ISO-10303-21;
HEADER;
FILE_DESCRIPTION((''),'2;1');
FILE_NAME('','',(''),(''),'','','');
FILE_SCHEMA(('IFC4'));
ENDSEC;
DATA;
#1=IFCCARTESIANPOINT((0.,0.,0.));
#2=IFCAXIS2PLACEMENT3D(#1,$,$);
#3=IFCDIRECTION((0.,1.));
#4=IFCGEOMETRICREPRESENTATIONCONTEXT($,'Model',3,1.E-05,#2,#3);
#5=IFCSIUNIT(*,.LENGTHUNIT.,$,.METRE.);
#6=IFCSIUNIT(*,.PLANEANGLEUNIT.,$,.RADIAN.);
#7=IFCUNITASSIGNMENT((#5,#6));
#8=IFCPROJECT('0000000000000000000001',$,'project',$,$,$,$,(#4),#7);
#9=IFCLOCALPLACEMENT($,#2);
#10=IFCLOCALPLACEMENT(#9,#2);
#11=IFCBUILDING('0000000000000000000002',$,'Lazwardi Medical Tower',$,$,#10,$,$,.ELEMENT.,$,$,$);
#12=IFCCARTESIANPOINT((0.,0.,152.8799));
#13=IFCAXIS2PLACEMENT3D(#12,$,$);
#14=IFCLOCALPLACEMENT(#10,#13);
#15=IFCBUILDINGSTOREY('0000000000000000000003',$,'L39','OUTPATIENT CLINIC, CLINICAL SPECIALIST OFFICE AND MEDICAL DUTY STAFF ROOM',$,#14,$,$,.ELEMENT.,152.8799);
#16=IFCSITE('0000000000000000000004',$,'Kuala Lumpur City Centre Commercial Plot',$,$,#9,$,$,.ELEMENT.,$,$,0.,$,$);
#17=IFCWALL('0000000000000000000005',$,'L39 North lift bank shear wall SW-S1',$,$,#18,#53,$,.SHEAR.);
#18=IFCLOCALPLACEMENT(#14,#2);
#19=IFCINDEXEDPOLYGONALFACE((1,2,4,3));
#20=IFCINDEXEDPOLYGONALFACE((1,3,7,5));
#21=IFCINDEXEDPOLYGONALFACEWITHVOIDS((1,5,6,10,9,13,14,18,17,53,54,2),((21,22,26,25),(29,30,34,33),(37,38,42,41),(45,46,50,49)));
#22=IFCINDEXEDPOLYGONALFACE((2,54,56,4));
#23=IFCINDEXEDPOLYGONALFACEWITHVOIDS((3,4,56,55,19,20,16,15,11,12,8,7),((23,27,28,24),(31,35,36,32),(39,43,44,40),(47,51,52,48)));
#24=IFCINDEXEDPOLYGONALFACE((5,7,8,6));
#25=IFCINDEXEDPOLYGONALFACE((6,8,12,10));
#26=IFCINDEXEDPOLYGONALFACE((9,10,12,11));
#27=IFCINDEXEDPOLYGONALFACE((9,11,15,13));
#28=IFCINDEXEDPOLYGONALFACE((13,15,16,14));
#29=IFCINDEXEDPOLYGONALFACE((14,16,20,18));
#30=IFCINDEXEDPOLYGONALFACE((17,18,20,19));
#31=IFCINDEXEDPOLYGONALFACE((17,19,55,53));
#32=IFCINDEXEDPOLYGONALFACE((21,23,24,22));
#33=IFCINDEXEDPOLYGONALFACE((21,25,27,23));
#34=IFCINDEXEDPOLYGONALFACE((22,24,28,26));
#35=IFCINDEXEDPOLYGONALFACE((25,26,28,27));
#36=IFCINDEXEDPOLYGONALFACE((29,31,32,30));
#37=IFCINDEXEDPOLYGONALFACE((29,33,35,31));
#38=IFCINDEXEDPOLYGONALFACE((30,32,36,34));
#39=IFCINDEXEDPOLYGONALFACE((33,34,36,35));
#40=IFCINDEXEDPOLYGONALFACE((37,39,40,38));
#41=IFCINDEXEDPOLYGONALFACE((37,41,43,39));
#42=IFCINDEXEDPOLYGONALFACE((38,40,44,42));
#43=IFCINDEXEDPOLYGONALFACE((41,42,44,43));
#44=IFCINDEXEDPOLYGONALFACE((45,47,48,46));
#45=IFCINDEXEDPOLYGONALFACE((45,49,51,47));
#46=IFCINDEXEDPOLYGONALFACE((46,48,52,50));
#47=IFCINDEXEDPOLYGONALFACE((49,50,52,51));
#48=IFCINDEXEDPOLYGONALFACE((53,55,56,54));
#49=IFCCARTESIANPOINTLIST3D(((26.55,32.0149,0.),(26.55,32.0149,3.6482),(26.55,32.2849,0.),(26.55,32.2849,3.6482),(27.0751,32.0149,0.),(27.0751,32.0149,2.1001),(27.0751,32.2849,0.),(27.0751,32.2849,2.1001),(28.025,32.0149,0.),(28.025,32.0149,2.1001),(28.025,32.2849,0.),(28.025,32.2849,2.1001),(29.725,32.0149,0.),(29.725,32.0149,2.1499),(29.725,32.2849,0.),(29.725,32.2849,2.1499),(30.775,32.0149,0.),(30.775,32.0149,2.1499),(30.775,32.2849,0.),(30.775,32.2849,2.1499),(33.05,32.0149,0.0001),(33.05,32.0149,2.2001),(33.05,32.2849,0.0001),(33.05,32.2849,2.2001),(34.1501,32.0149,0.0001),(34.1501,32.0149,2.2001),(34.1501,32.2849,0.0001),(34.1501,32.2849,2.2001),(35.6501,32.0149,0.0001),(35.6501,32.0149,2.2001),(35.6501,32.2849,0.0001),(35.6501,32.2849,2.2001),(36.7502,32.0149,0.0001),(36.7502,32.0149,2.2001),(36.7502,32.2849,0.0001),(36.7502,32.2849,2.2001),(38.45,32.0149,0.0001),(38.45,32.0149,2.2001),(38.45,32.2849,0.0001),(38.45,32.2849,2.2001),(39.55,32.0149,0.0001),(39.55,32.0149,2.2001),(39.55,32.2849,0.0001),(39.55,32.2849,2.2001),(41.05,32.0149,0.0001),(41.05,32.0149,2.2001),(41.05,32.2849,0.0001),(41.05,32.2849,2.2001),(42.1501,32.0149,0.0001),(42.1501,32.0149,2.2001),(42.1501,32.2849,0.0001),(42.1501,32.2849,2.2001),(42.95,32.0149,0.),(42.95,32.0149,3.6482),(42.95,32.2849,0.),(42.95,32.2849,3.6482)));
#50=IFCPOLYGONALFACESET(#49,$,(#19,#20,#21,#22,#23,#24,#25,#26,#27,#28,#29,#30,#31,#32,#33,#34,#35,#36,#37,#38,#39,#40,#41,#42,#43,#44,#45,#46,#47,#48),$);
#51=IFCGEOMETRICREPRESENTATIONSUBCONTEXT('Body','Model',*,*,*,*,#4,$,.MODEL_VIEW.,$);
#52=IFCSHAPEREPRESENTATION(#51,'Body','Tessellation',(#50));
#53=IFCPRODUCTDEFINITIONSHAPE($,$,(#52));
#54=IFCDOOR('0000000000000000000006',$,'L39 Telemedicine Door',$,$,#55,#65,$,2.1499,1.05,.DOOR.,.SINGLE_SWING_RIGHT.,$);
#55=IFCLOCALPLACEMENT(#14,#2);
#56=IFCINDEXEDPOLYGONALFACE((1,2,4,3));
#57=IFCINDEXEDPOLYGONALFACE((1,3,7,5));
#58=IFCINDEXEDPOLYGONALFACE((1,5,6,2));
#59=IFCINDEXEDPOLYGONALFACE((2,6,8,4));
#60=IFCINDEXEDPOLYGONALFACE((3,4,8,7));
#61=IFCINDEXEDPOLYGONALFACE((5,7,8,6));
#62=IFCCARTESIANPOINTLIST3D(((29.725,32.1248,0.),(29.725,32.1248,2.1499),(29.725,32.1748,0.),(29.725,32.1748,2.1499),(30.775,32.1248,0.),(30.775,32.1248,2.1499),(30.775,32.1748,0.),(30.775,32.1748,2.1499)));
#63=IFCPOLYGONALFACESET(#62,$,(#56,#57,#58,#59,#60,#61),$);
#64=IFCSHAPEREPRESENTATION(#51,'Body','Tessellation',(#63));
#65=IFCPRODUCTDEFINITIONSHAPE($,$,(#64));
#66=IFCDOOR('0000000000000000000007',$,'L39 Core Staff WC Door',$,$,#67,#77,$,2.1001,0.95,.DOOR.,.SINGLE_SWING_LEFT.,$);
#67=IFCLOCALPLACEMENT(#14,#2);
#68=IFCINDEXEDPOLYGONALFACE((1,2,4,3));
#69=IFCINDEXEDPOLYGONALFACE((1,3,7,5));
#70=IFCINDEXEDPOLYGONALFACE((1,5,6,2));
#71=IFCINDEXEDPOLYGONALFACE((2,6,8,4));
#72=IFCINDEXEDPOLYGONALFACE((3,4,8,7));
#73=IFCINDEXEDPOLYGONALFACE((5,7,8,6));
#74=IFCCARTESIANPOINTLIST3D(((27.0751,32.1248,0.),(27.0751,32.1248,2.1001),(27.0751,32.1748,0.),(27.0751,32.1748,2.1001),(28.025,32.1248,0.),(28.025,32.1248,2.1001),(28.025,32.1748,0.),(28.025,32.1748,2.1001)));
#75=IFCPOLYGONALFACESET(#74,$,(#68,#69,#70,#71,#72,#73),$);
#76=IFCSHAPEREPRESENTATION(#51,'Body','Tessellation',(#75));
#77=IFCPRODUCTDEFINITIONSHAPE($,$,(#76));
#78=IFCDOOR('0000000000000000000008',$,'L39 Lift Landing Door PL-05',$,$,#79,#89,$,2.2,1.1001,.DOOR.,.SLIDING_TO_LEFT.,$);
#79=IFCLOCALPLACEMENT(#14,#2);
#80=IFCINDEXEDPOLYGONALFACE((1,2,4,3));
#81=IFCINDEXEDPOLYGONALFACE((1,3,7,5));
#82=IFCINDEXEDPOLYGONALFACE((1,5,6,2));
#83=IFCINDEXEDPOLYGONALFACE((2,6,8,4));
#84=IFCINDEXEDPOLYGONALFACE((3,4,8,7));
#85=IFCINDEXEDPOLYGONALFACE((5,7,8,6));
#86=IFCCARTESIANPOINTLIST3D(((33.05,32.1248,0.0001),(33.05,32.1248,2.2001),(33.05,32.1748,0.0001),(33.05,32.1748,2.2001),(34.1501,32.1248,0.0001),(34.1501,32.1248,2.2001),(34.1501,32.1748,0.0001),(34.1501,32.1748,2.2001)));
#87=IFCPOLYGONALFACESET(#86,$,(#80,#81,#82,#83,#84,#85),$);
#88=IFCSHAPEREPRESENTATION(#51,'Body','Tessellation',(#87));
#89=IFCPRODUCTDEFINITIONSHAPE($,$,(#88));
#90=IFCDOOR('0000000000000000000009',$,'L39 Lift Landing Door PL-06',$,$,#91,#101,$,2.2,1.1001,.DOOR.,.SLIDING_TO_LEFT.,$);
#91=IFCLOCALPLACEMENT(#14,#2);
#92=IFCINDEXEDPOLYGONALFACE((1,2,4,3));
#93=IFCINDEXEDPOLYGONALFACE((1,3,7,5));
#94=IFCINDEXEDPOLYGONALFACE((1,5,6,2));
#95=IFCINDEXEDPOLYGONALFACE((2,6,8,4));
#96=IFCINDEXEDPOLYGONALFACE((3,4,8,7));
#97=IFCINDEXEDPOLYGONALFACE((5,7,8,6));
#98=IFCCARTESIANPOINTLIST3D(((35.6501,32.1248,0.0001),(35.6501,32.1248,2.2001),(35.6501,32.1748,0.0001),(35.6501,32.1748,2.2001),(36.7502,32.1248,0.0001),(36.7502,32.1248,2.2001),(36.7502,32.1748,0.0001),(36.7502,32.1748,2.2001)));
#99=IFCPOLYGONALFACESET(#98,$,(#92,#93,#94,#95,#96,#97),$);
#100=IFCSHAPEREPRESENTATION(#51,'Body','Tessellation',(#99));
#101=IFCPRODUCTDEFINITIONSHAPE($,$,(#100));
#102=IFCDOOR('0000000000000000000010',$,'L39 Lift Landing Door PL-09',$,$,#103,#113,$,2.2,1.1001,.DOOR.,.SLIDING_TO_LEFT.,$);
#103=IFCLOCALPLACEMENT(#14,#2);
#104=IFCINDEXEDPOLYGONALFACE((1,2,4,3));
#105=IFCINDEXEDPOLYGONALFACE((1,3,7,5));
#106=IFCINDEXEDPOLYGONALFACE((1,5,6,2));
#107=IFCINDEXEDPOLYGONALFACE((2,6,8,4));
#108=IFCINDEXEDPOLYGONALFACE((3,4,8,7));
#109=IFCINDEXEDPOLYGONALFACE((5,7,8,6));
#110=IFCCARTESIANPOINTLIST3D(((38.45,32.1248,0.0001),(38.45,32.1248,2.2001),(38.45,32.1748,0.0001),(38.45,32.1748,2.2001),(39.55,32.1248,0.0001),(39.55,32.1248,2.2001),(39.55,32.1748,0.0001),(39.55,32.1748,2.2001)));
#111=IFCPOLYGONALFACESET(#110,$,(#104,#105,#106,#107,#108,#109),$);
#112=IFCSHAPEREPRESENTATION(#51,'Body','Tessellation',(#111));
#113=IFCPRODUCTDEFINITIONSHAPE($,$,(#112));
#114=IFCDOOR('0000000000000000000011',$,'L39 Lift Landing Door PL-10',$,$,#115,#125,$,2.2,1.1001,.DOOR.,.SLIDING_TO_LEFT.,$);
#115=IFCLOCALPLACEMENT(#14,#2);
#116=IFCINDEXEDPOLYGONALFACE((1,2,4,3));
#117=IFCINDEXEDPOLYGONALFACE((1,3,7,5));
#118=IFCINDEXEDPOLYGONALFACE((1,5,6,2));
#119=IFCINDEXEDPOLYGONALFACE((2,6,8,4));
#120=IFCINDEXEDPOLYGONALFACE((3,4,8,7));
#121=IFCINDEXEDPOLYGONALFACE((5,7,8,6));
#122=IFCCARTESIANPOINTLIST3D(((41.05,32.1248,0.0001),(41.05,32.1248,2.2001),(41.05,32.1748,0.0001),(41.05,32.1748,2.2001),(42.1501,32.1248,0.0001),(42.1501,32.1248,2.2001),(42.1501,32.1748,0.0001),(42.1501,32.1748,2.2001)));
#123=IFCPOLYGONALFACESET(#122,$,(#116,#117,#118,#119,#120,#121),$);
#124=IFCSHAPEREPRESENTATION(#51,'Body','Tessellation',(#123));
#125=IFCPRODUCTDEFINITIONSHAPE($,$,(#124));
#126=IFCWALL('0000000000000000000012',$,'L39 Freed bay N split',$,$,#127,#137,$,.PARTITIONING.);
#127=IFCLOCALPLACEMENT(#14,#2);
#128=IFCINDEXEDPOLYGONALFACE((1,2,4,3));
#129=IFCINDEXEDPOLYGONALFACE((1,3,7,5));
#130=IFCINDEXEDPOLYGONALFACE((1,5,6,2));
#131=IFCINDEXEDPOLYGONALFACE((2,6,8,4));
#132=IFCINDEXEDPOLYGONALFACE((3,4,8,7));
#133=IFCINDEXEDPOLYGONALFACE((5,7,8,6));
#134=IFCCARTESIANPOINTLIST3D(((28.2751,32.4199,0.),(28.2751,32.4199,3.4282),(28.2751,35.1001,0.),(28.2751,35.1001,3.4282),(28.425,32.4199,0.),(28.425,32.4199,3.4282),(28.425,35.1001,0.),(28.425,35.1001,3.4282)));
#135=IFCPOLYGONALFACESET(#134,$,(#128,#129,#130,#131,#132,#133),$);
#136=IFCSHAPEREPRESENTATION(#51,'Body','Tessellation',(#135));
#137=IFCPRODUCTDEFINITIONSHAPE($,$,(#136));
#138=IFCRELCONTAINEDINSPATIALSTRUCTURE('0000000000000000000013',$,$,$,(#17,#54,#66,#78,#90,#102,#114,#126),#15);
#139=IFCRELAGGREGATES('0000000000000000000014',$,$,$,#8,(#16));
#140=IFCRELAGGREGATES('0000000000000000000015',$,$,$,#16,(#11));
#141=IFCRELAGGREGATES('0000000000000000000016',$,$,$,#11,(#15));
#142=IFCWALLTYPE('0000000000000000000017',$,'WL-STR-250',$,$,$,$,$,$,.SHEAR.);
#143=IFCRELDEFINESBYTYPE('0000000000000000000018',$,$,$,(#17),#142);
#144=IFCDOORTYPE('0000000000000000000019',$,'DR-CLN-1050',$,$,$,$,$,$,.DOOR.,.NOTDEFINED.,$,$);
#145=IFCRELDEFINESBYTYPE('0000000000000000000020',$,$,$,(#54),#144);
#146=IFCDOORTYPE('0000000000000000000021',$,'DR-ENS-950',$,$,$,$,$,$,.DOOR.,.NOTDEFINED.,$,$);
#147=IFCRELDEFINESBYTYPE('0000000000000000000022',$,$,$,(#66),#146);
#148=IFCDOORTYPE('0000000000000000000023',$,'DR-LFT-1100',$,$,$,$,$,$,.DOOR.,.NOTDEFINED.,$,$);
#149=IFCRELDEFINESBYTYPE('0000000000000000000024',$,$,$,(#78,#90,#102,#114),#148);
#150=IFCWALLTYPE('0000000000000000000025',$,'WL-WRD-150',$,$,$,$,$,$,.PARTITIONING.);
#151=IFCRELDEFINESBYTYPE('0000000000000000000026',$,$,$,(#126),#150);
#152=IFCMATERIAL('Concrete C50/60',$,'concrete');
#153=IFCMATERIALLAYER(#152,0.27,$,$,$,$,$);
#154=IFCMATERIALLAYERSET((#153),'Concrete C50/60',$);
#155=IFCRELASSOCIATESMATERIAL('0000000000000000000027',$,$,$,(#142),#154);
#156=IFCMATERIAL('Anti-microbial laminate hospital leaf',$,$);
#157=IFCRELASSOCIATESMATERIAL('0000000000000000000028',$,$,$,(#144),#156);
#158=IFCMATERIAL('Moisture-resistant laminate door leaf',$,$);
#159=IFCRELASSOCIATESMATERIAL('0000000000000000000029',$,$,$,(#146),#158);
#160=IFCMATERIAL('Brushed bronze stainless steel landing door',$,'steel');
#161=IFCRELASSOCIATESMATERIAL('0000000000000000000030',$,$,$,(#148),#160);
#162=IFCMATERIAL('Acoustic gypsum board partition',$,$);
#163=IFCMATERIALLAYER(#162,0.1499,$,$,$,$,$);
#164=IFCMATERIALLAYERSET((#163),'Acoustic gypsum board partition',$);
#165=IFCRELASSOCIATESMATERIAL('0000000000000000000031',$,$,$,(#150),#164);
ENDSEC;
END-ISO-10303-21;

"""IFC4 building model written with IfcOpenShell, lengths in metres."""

from ifc_helpers import new_model, si_unit, direction, frame, frame_2d, origin, place, context, subcontext, project, spatial, rectangle, extrude, material, layer, layer_set, type_object, element, fill, save


model = new_model("IFC4")

# Units and contexts
model_context = context("Model", 3, precision=1e-05, world=origin(), true_north=direction((0.0, 1.0)))
body_context = subcontext(model_context, "Body", "Model", "MODEL_VIEW")
ifc_project = project(units=[si_unit("LENGTHUNIT", "METRE"), si_unit("PLANEANGLEUNIT", "RADIAN")], contexts=[model_context])

# Site, building, storey
site_placement = place(None, origin())
site = spatial("IfcSite", under=ifc_project, at=site_placement, Name="Kuala Lumpur City Centre Commercial Plot", CompositionType="ELEMENT", RefElevation=0.0)
building_placement = place(site_placement, origin())
building = spatial("IfcBuilding", under=site, at=building_placement, Name="Lazwardi Medical Tower", CompositionType="ELEMENT")
storey_placement = place(building_placement, frame((0.0, 0.0, 152.8799)))
storey = spatial("IfcBuildingStorey", under=building, at=storey_placement, Name="L39", Description="OUTPATIENT CLINIC, CLINICAL SPECIALIST OFFICE AND MEDICAL DUTY STAFF ROOM", CompositionType="ELEMENT", Elevation=152.8799)

# Shared definitions
ifc_material_1 = material(Name="Concrete C50/60", Category="concrete")
ifc_layer_1 = layer(ifc_material_1, 0.27)
ifc_layer_set_1 = layer_set([ifc_layer_1], Name="Concrete C50/60")
wall_type_1 = type_object("IfcWallType", Name="WL-STR-250", PredefinedType="SHEAR", material=ifc_layer_set_1)

# Wall, openings, doors
wall_1_placement = place(storey_placement, frame((26.55, 32.1499, 0.0), z_axis=(0.0, 0.0, 1.0), x_axis=(1.0, 0.0, 0.0)))
wall_1 = element("IfcWall", 1, at=wall_1_placement, inside=storey, type_object=wall_type_1, Name="L39 North lift bank shear wall SW-S1", PredefinedType="SHEAR", context=body_context, shape_type="SweptSolid", body=[
    extrude(rectangle(XDim=16.3999, YDim=0.27, at=frame_2d((8.2, 0.0))), origin(), (0.0, 0.0, 1.0), 3.6482),
])
opening_1_placement = place(wall_1_placement, frame((0.5249, 0.0, 0.0)))
opening_1 = element("IfcOpeningElement", 2, at=opening_1_placement, cuts=wall_1, PredefinedType="OPENING", context=body_context, shape_type="SweptSolid", body=[
    extrude(rectangle(XDim=0.95, YDim=2.1001, at=frame_2d((0.4751, 1.05))), frame((0.0, 0.145, 0.0), z_axis=(0.0, -1.0, 0.0), x_axis=(1.0, 0.0, 0.0)), (0.0, 0.0, 1.0), 0.29),
])
opening_2_placement = place(wall_1_placement, frame((3.175, 0.0, 0.0)))
opening_2 = element("IfcOpeningElement", 3, at=opening_2_placement, cuts=wall_1, PredefinedType="OPENING", context=body_context, shape_type="SweptSolid", body=[
    extrude(rectangle(XDim=1.05, YDim=2.1499, at=frame_2d((0.5249, 1.075))), frame((0.0, 0.145, 0.0), z_axis=(0.0, -1.0, 0.0), x_axis=(1.0, 0.0, 0.0)), (0.0, 0.0, 1.0), 0.29),
])
opening_3_placement = place(wall_1_placement, frame((6.5, 0.0, 0.0)))
opening_3 = element("IfcOpeningElement", 4, at=opening_3_placement, cuts=wall_1, PredefinedType="OPENING", context=body_context, shape_type="SweptSolid", body=[
    extrude(rectangle(XDim=1.1001, YDim=2.2, at=frame_2d((0.55, 1.1001))), frame((0.0, 0.145, 0.0), z_axis=(0.0, -1.0, 0.0), x_axis=(1.0, 0.0, 0.0)), (0.0, 0.0, 1.0), 0.29),
])
opening_4_placement = place(wall_1_placement, frame((9.1001, 0.0, 0.0)))
opening_4 = element("IfcOpeningElement", 5, at=opening_4_placement, cuts=wall_1, PredefinedType="OPENING", context=body_context, shape_type="SweptSolid", body=[
    extrude(rectangle(XDim=1.1001, YDim=2.2, at=frame_2d((0.55, 1.1001))), frame((0.0, 0.145, 0.0), z_axis=(0.0, -1.0, 0.0), x_axis=(1.0, 0.0, 0.0)), (0.0, 0.0, 1.0), 0.29),
])
opening_5_placement = place(wall_1_placement, frame((11.8999, 0.0, 0.0)))
opening_5 = element("IfcOpeningElement", 6, at=opening_5_placement, cuts=wall_1, PredefinedType="OPENING", context=body_context, shape_type="SweptSolid", body=[
    extrude(rectangle(XDim=1.1001, YDim=2.2, at=frame_2d((0.55, 1.1001))), frame((0.0, 0.145, 0.0), z_axis=(0.0, -1.0, 0.0), x_axis=(1.0, 0.0, 0.0)), (0.0, 0.0, 1.0), 0.29),
])
opening_6_placement = place(wall_1_placement, frame((14.5, 0.0, 0.0)))
opening_6 = element("IfcOpeningElement", 7, at=opening_6_placement, cuts=wall_1, PredefinedType="OPENING", context=body_context, shape_type="SweptSolid", body=[
    extrude(rectangle(XDim=1.1001, YDim=2.2, at=frame_2d((0.55, 1.1001))), frame((0.0, 0.145, 0.0), z_axis=(0.0, -1.0, 0.0), x_axis=(1.0, 0.0, 0.0)), (0.0, 0.0, 1.0), 0.29),
])
ifc_material_2 = material(Name="Anti-microbial laminate hospital leaf")
door_type_1 = type_object("IfcDoorType", Name="DR-CLN-1050", OperationType="NOTDEFINED", PredefinedType="DOOR", material=ifc_material_2)
door_1_placement = place(opening_2_placement, origin())
door_1 = element("IfcDoor", 8, at=door_1_placement, inside=storey, type_object=door_type_1, Name="L39 Telemedicine Door", OperationType="SINGLE_SWING_RIGHT", OverallHeight=2.1499, OverallWidth=1.05, PredefinedType="DOOR", context=body_context, shape_type="SweptSolid", body=[
    extrude(rectangle(XDim=1.05, YDim=2.1499, at=frame_2d((0.5249, 1.075))), frame((0.0, 0.0249, 0.0), z_axis=(0.0, -1.0, 0.0), x_axis=(1.0, 0.0, 0.0)), (0.0, 0.0, 1.0), 0.05),
])
fill(opening_2, door_1)
ifc_material_3 = material(Name="Moisture-resistant laminate door leaf")
door_type_2 = type_object("IfcDoorType", Name="DR-ENS-950", OperationType="NOTDEFINED", PredefinedType="DOOR", material=ifc_material_3)
door_2_placement = place(opening_1_placement, origin())
door_2 = element("IfcDoor", 9, at=door_2_placement, inside=storey, type_object=door_type_2, Name="L39 Core Staff WC Door", OperationType="SINGLE_SWING_LEFT", OverallHeight=2.1001, OverallWidth=0.95, PredefinedType="DOOR", context=body_context, shape_type="SweptSolid", body=[
    extrude(rectangle(XDim=0.95, YDim=2.1001, at=frame_2d((0.4751, 1.05))), frame((0.0, 0.0249, 0.0), z_axis=(0.0, -1.0, 0.0), x_axis=(1.0, 0.0, 0.0)), (0.0, 0.0, 1.0), 0.05),
])
fill(opening_1, door_2)
ifc_material_4 = material(Name="Brushed bronze stainless steel landing door", Category="steel")
door_type_3 = type_object("IfcDoorType", Name="DR-LFT-1100", OperationType="NOTDEFINED", PredefinedType="DOOR", material=ifc_material_4)
door_3_placement = place(opening_3_placement, origin())
door_3 = element("IfcDoor", 10, at=door_3_placement, inside=storey, type_object=door_type_3, Name="L39 Lift Landing Door PL-05", OperationType="SLIDING_TO_LEFT", OverallHeight=2.2, OverallWidth=1.1001, PredefinedType="DOOR", context=body_context, shape_type="SweptSolid", body=[
    extrude(rectangle(XDim=1.1001, YDim=2.2, at=frame_2d((0.55, 1.1001))), frame((0.0, 0.0249, 0.0), z_axis=(0.0, -1.0, 0.0), x_axis=(1.0, 0.0, 0.0)), (0.0, 0.0, 1.0), 0.05),
])
fill(opening_3, door_3)
door_4_placement = place(opening_4_placement, origin())
door_4 = element("IfcDoor", 11, at=door_4_placement, inside=storey, type_object=door_type_3, Name="L39 Lift Landing Door PL-06", OperationType="SLIDING_TO_LEFT", OverallHeight=2.2, OverallWidth=1.1001, PredefinedType="DOOR", context=body_context, shape_type="SweptSolid", body=[
    extrude(rectangle(XDim=1.1001, YDim=2.2, at=frame_2d((0.55, 1.1001))), frame((0.0, 0.0249, 0.0), z_axis=(0.0, -1.0, 0.0), x_axis=(1.0, 0.0, 0.0)), (0.0, 0.0, 1.0), 0.05),
])
fill(opening_4, door_4)
door_5_placement = place(opening_5_placement, origin())
door_5 = element("IfcDoor", 12, at=door_5_placement, inside=storey, type_object=door_type_3, Name="L39 Lift Landing Door PL-09", OperationType="SLIDING_TO_LEFT", OverallHeight=2.2, OverallWidth=1.1001, PredefinedType="DOOR", context=body_context, shape_type="SweptSolid", body=[
    extrude(rectangle(XDim=1.1001, YDim=2.2, at=frame_2d((0.55, 1.1001))), frame((0.0, 0.0249, 0.0), z_axis=(0.0, -1.0, 0.0), x_axis=(1.0, 0.0, 0.0)), (0.0, 0.0, 1.0), 0.05),
])
fill(opening_5, door_5)
door_6_placement = place(opening_6_placement, origin())
door_6 = element("IfcDoor", 13, at=door_6_placement, inside=storey, type_object=door_type_3, Name="L39 Lift Landing Door PL-10", OperationType="SLIDING_TO_LEFT", OverallHeight=2.2, OverallWidth=1.1001, PredefinedType="DOOR", context=body_context, shape_type="SweptSolid", body=[
    extrude(rectangle(XDim=1.1001, YDim=2.2, at=frame_2d((0.55, 1.1001))), frame((0.0, 0.0249, 0.0), z_axis=(0.0, -1.0, 0.0), x_axis=(1.0, 0.0, 0.0)), (0.0, 0.0, 1.0), 0.05),
])
fill(opening_6, door_6)

# Wall
ifc_material_5 = material(Name="Acoustic gypsum board partition")
ifc_layer_2 = layer(ifc_material_5, 0.1499)
ifc_layer_set_2 = layer_set([ifc_layer_2], Name="Acoustic gypsum board partition")
wall_type_2 = type_object("IfcWallType", Name="WL-WRD-150", PredefinedType="PARTITIONING", material=ifc_layer_set_2)
wall_2_placement = place(storey_placement, frame((28.3501, 32.4199, 0.0), z_axis=(0.0, 0.0, 1.0), x_axis=(0.0, 1.0, 0.0)))
element("IfcWall", 14, at=wall_2_placement, inside=storey, type_object=wall_type_2, Name="L39 Freed bay N split", PredefinedType="PARTITIONING", context=body_context, shape_type="SweptSolid", body=[
    extrude(rectangle(XDim=2.6802, YDim=0.1499, at=frame_2d((1.3401, 0.0))), origin(), (0.0, 0.0, 1.0), 3.4282),
])

save(model, "model.ifc")
